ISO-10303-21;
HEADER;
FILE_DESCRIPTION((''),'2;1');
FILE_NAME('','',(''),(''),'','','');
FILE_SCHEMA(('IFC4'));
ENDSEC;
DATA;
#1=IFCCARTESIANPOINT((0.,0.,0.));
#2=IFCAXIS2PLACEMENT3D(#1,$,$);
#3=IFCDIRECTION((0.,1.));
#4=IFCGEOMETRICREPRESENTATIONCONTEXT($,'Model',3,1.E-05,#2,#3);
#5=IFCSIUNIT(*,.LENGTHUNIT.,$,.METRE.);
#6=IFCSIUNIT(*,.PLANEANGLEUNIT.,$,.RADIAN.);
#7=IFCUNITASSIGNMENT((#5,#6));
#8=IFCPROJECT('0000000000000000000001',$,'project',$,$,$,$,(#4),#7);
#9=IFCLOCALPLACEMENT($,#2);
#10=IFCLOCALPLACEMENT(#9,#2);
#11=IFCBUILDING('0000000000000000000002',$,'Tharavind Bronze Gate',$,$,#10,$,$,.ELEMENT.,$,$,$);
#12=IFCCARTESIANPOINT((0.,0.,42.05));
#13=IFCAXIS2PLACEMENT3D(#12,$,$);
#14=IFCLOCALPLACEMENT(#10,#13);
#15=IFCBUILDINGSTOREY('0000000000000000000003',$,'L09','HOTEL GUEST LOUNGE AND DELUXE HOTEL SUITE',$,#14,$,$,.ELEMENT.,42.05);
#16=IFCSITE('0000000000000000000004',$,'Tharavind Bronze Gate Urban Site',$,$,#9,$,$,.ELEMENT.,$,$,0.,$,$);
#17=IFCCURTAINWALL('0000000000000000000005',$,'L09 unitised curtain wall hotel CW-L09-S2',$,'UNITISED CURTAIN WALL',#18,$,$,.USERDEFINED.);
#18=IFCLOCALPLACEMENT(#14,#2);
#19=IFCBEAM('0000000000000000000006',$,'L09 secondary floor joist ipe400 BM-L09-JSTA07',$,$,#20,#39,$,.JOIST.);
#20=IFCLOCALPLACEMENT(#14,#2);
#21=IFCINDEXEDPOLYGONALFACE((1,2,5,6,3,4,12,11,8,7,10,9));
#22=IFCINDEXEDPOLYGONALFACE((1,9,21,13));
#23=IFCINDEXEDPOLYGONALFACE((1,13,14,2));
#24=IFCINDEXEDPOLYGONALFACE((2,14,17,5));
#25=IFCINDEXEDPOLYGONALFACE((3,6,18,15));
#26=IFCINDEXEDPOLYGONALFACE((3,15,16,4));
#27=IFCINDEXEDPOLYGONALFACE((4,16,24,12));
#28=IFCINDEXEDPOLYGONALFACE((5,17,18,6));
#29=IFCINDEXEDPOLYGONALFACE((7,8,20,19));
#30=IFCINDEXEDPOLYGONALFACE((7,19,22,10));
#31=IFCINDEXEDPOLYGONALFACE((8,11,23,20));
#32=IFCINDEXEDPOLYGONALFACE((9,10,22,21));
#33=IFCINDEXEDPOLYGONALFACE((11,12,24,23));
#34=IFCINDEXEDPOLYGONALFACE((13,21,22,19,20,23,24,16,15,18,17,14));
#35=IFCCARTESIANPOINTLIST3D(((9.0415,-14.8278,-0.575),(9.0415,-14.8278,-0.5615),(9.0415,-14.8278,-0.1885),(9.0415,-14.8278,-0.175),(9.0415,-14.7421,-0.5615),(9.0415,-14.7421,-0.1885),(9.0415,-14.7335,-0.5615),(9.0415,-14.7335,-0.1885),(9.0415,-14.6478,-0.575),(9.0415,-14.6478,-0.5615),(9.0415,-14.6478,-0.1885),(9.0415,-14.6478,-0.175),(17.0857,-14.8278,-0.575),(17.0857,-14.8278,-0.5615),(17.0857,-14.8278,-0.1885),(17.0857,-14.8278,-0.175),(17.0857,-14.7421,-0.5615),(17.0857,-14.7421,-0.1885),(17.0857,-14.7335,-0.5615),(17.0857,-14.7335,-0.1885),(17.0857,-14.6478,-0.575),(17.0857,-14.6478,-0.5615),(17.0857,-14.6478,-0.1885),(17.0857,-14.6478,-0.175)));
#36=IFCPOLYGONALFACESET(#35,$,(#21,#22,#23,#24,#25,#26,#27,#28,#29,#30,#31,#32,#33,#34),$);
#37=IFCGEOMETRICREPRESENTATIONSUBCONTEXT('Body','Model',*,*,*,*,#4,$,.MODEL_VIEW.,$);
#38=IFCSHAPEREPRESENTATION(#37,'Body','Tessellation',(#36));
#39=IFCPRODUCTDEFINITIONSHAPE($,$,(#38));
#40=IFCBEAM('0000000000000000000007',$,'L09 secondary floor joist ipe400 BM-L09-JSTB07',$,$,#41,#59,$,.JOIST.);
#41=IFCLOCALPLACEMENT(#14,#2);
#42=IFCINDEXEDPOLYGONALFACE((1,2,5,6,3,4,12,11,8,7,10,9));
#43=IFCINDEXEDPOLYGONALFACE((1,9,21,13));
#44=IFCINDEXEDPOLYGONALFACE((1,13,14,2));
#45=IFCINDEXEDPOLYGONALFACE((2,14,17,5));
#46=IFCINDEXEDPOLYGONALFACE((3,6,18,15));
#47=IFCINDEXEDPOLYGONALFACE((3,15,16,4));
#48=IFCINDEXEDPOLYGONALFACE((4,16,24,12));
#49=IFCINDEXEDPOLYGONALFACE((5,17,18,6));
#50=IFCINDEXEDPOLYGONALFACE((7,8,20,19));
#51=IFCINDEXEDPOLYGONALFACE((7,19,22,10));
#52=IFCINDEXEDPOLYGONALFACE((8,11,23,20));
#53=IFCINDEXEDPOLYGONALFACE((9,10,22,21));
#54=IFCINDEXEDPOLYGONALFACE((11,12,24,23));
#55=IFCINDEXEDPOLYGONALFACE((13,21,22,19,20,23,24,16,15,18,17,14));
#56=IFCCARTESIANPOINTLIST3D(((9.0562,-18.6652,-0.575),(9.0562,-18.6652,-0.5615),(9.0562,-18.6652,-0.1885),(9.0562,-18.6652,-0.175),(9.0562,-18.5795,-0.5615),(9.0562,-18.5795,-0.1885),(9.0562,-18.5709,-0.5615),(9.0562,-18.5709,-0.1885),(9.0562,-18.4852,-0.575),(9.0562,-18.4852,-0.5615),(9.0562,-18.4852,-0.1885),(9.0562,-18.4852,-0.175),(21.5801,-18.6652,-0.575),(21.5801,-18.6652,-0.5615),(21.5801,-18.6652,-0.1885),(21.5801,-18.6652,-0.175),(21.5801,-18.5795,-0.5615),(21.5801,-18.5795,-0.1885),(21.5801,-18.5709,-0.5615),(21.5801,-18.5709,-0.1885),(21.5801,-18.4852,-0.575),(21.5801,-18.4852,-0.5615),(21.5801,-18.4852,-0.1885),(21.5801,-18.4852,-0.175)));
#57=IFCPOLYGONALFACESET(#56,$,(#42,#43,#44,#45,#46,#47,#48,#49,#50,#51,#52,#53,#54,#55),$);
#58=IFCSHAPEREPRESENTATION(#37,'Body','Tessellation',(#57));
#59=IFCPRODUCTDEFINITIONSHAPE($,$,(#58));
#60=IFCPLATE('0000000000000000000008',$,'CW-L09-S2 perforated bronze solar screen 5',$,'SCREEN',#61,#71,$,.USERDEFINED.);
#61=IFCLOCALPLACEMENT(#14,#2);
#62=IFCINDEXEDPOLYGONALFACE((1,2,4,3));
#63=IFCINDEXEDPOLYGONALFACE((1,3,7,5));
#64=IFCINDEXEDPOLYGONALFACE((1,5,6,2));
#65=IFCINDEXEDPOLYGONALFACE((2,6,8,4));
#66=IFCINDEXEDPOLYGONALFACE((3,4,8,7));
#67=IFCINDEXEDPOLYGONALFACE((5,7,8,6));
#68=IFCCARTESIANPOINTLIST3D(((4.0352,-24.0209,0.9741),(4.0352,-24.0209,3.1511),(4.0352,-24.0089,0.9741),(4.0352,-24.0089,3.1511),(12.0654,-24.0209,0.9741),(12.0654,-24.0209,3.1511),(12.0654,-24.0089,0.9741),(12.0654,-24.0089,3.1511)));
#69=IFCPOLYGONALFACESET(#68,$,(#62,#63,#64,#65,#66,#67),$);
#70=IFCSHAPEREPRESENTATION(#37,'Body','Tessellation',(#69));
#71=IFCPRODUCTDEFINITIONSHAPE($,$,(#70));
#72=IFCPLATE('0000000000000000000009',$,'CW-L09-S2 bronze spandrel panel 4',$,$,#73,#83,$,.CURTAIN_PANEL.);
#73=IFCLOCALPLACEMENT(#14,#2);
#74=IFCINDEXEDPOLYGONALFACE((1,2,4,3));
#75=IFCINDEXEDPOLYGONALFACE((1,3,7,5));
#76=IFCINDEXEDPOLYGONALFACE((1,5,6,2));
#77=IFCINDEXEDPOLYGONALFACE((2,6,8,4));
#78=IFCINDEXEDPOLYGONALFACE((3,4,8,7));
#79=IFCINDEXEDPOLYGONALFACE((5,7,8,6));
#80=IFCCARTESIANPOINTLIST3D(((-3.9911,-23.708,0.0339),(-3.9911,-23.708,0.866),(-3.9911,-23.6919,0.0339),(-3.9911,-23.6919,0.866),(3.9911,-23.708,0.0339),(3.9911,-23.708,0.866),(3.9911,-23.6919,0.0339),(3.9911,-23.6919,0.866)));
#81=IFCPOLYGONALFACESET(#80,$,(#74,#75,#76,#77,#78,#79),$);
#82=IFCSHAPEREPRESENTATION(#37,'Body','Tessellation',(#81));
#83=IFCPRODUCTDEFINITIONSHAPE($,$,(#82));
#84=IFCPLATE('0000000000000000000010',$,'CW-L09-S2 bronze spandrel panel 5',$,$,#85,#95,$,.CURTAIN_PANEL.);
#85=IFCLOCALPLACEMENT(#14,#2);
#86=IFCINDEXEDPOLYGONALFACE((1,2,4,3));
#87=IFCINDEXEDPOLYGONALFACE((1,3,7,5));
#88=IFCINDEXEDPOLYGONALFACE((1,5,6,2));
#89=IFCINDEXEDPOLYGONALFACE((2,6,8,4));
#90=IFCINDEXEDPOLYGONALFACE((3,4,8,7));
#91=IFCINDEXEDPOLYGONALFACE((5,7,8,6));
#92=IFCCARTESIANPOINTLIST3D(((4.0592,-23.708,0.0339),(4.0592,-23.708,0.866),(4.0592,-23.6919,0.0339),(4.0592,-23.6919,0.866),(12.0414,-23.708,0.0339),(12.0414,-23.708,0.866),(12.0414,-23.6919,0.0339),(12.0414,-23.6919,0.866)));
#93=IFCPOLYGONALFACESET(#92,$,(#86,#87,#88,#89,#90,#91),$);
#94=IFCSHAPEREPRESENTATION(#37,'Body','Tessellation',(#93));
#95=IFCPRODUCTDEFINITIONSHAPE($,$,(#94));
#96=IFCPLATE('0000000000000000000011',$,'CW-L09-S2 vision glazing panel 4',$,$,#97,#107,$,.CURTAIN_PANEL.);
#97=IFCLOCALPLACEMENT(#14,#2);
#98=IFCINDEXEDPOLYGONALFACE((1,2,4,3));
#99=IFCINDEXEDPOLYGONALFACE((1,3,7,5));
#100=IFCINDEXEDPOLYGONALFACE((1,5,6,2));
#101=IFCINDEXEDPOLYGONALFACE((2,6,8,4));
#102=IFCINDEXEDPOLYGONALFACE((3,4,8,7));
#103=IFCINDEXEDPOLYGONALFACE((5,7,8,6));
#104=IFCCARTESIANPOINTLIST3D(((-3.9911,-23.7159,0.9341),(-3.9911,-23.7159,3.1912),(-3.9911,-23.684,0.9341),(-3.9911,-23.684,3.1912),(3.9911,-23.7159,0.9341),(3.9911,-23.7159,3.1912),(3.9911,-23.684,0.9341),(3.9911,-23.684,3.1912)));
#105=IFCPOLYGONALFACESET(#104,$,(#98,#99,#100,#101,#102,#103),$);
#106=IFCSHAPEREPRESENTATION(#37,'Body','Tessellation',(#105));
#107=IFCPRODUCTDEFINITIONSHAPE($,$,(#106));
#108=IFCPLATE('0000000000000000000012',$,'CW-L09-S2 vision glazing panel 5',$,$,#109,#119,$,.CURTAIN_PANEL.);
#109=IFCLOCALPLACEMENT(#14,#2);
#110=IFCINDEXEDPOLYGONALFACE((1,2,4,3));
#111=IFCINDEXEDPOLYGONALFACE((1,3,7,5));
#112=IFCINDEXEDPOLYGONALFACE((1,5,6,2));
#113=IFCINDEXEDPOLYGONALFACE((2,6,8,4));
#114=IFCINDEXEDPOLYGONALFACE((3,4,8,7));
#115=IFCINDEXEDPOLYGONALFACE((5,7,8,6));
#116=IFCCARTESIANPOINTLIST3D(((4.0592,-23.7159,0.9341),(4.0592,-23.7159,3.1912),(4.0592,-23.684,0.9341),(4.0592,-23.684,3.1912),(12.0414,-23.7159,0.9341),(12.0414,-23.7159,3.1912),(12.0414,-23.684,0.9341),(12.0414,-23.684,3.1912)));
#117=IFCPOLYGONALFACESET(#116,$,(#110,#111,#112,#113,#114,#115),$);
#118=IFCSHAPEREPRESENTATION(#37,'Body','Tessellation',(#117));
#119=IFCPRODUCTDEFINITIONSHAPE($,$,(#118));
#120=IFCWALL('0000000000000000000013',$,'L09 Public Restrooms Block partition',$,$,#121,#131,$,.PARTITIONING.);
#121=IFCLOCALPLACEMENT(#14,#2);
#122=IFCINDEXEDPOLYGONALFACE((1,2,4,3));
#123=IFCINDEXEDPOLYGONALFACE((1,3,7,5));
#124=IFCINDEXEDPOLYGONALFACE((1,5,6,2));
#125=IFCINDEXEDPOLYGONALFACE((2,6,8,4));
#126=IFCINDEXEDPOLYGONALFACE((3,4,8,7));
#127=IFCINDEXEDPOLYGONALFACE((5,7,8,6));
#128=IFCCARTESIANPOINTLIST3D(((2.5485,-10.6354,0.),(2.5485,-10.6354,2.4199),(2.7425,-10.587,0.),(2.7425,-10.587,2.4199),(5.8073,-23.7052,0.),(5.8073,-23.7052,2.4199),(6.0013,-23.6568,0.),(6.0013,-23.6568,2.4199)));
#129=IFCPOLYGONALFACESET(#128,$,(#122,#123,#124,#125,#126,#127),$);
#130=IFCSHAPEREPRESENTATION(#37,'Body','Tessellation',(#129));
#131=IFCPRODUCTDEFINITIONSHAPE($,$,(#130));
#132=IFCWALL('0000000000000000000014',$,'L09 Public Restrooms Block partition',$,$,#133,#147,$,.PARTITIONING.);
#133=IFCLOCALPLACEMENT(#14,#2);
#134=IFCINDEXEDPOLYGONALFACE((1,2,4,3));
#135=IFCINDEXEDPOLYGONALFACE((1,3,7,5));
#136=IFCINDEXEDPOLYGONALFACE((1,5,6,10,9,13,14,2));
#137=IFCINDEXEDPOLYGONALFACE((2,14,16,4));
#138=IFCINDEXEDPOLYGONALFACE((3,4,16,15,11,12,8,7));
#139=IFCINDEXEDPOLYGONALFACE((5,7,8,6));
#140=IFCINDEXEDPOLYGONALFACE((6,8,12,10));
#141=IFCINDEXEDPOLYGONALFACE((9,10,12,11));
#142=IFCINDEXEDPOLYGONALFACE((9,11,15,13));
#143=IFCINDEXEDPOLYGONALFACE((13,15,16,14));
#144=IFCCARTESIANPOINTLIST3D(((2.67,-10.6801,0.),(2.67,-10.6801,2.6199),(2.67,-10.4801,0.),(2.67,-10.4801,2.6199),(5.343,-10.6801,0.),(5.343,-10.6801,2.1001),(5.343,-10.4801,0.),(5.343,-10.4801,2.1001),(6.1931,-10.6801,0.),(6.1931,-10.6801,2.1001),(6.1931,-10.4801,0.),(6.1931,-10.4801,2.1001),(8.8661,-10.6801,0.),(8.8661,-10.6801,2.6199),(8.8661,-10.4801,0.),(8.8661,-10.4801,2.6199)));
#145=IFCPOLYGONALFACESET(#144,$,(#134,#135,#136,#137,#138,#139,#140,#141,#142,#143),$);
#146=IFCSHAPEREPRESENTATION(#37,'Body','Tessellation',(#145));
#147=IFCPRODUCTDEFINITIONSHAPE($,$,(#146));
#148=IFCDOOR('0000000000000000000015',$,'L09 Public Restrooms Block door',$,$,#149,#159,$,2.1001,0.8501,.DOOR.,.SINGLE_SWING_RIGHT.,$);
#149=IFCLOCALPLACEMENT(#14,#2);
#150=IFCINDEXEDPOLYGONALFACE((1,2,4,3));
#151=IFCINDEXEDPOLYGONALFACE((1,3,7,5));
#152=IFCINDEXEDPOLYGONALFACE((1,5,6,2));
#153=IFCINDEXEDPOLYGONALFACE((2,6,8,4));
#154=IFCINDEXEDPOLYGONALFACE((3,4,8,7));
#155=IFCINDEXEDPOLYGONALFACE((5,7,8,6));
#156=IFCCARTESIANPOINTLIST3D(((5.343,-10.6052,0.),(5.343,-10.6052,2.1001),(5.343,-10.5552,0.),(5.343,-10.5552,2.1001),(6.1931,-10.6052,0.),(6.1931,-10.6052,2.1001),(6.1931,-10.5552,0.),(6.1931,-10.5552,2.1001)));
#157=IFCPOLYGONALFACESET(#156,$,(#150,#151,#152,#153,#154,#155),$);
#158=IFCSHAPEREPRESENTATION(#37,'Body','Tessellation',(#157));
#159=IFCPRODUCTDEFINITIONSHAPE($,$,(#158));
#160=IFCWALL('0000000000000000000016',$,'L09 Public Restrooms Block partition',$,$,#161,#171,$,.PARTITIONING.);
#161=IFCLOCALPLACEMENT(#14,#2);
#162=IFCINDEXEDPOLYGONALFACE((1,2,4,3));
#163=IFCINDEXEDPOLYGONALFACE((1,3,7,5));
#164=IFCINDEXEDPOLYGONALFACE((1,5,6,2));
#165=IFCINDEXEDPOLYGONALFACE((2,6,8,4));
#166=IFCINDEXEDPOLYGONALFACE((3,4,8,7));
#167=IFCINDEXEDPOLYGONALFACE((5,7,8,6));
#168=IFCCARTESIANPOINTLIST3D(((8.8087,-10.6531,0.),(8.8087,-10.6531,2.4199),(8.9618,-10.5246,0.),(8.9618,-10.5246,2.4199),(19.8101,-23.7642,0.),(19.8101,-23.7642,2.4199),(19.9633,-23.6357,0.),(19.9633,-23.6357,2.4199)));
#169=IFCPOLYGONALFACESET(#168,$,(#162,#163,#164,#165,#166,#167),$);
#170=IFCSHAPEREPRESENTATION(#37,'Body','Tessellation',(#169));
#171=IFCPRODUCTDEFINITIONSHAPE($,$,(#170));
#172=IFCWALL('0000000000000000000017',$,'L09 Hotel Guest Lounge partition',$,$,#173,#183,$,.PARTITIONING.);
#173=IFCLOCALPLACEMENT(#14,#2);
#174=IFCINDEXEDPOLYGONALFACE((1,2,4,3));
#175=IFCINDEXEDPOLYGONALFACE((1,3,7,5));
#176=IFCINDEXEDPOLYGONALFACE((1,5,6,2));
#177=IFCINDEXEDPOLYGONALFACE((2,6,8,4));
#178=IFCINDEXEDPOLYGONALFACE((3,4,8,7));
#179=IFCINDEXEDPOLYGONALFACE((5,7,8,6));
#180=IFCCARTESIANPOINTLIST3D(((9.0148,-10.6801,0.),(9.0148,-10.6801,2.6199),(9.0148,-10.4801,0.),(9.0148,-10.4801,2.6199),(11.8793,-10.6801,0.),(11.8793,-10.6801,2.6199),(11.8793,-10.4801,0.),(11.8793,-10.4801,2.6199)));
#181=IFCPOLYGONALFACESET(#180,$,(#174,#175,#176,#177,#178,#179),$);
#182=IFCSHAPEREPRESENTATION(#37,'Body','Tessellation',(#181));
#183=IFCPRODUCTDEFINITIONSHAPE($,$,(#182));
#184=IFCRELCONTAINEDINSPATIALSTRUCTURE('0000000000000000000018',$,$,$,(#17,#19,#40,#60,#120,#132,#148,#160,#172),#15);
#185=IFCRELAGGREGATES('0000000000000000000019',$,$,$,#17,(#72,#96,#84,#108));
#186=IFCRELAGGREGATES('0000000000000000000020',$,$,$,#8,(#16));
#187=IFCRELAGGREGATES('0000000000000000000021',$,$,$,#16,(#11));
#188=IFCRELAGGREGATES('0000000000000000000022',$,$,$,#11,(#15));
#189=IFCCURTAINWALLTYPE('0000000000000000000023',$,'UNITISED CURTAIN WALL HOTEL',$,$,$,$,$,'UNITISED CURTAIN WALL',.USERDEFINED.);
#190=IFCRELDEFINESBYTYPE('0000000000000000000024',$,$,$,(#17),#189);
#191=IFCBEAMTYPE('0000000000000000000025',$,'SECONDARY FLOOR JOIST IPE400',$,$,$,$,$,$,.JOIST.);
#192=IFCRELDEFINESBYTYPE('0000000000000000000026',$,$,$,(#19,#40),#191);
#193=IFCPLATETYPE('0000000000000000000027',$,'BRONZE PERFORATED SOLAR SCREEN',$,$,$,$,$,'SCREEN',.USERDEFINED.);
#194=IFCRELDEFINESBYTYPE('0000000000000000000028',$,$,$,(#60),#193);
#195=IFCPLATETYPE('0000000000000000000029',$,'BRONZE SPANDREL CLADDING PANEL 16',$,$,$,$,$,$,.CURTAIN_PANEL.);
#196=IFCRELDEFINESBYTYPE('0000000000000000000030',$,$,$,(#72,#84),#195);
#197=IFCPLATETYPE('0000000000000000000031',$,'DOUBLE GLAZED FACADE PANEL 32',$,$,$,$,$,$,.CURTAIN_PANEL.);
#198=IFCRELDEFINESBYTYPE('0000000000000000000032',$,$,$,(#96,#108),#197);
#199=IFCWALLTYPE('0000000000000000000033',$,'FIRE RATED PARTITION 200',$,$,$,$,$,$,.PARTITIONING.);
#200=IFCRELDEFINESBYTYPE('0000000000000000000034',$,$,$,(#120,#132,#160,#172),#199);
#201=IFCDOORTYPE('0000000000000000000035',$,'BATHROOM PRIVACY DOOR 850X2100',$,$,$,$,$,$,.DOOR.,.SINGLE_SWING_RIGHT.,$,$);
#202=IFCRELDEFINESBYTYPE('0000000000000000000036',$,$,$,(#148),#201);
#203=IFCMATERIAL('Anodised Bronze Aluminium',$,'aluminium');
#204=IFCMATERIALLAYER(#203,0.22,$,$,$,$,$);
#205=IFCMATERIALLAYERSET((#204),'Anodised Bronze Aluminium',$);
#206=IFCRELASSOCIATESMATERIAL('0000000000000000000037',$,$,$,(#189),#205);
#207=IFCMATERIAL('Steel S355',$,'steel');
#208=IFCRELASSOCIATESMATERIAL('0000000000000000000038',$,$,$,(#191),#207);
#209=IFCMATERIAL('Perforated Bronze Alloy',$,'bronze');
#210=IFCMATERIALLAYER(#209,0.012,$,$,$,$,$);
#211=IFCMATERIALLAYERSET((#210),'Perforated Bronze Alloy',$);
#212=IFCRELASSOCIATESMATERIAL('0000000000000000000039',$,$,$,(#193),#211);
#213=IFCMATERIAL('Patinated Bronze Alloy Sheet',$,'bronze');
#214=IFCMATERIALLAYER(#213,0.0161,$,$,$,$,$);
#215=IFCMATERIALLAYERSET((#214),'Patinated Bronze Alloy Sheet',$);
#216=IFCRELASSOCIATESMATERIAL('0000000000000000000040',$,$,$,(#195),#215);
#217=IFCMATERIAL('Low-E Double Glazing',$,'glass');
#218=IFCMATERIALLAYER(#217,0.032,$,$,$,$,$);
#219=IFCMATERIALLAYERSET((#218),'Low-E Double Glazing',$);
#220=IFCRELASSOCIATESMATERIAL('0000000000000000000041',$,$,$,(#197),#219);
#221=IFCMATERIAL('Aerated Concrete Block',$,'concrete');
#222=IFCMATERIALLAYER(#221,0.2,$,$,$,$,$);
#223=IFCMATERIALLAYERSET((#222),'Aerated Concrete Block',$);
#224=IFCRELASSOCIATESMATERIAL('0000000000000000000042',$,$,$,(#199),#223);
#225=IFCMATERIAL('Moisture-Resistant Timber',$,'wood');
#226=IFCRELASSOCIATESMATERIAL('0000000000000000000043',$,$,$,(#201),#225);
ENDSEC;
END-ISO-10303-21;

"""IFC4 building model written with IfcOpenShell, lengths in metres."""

from ifc_helpers import new_model, si_unit, direction, frame, frame_2d, origin, origin_2d, place, context, subcontext, project, spatial, rectangle, i_section, extrude, material, layer, layer_set, material_profile, profile_set, type_object, element, fill, aggregate, save


model = new_model("IFC4")

# Units and contexts
model_context = context("Model", 3, precision=1e-05, world=origin(), true_north=direction((0.0, 1.0)))
body_context = subcontext(model_context, "Body", "Model", "MODEL_VIEW")
ifc_project = project(units=[si_unit("LENGTHUNIT", "METRE"), si_unit("PLANEANGLEUNIT", "RADIAN")], contexts=[model_context])

# Site, building, storey
site_placement = place(None, origin())
site = spatial("IfcSite", under=ifc_project, at=site_placement, Name="Tharavind Bronze Gate Urban Site", CompositionType="ELEMENT", RefElevation=0.0)
building_placement = place(site_placement, origin())
building = spatial("IfcBuilding", under=site, at=building_placement, Name="Tharavind Bronze Gate", CompositionType="ELEMENT")
storey_placement = place(building_placement, frame((0.0, 0.0, 42.05)))
storey = spatial("IfcBuildingStorey", under=building, at=storey_placement, Name="L09", Description="HOTEL GUEST LOUNGE AND DELUXE HOTEL SUITE", CompositionType="ELEMENT", Elevation=42.05)

# Curtain wall
ifc_material_1 = material(Name="Anodised Bronze Aluminium", Category="aluminium")
ifc_layer_1 = layer(ifc_material_1, 0.22)
ifc_layer_set_1 = layer_set([ifc_layer_1], Name="Anodised Bronze Aluminium")
curtain_wall_type = type_object("IfcCurtainWallType", Name="UNITISED CURTAIN WALL HOTEL", ElementType="UNITISED CURTAIN WALL", PredefinedType="USERDEFINED", material=ifc_layer_set_1)
curtain_wall_placement = place(storey_placement, origin())
curtain_wall = element("IfcCurtainWall", 1, at=curtain_wall_placement, inside=storey, type_object=curtain_wall_type, Name="L09 unitised curtain wall hotel CW-L09-S2", ObjectType="UNITISED CURTAIN WALL", PredefinedType="USERDEFINED")

# Beams
ifc_material_2 = material(Name="Steel S355", Category="steel")
ifc_material_profile_1 = material_profile(ifc_material_2, i_section(OverallWidth=0.1799, OverallDepth=0.3999, WebThickness=0.0085, FlangeThickness=0.0134, at=origin_2d()), Name="IPE400")
ifc_profile_set_1 = profile_set([ifc_material_profile_1], Name="Steel S355")
beam_type_1 = type_object("IfcBeamType", Name="SECONDARY FLOOR JOIST IPE400", PredefinedType="JOIST", material=ifc_profile_set_1)
beam_1_placement = place(storey_placement, frame((9.0415, -14.7378, -0.375), z_axis=(1.0, 0.0, 0.0), x_axis=(0.0, 1.0, 0.0)))
element("IfcBeam", 2, at=beam_1_placement, inside=storey, type_object=beam_type_1, Name="L09 secondary floor joist ipe400 BM-L09-JSTA07", PredefinedType="JOIST", context=body_context, shape_type="SweptSolid", body=[
    extrude(i_section(OverallWidth=0.1799, OverallDepth=0.3999, WebThickness=0.0085, FlangeThickness=0.0134, at=origin_2d()), origin(), (0.0, 0.0, 1.0), 8.0442),
])
beam_2_placement = place(storey_placement, frame((9.0562, -18.5752, -0.375), z_axis=(1.0, 0.0, 0.0), x_axis=(0.0, 1.0, 0.0)))
element("IfcBeam", 3, at=beam_2_placement, inside=storey, type_object=beam_type_1, Name="L09 secondary floor joist ipe400 BM-L09-JSTB07", PredefinedType="JOIST", context=body_context, shape_type="SweptSolid", body=[
    extrude(i_section(OverallWidth=0.1799, OverallDepth=0.3999, WebThickness=0.0085, FlangeThickness=0.0134, at=origin_2d()), origin(), (0.0, 0.0, 1.0), 12.5239),
])

# Plates
ifc_material_3 = material(Name="Perforated Bronze Alloy", Category="bronze")
ifc_layer_2 = layer(ifc_material_3, 0.012)
ifc_layer_set_2 = layer_set([ifc_layer_2], Name="Perforated Bronze Alloy")
plate_type_1 = type_object("IfcPlateType", Name="BRONZE PERFORATED SOLAR SCREEN", ElementType="SCREEN", PredefinedType="USERDEFINED", material=ifc_layer_set_2)
plate_1_placement = place(storey_placement, frame((8.0503, -24.0149, 0.9741), z_axis=(0.0, 0.0, 1.0), x_axis=(1.0, 0.0, 0.0)))
element("IfcPlate", 4, at=plate_1_placement, inside=storey, type_object=plate_type_1, Name="CW-L09-S2 perforated bronze solar screen 5", ObjectType="SCREEN", PredefinedType="USERDEFINED", context=body_context, shape_type="SweptSolid", body=[
    extrude(rectangle(XDim=8.0303, YDim=0.012, at=origin_2d()), origin(), (0.0, 0.0, 1.0), 2.177),
])
ifc_material_4 = material(Name="Patinated Bronze Alloy Sheet", Category="bronze")
ifc_layer_3 = layer(ifc_material_4, 0.0161)
ifc_layer_set_3 = layer_set([ifc_layer_3], Name="Patinated Bronze Alloy Sheet")
plate_type_2 = type_object("IfcPlateType", Name="BRONZE SPANDREL CLADDING PANEL 16", PredefinedType="CURTAIN_PANEL", material=ifc_layer_set_3)
plate_2_placement = place(storey_placement, frame((0.0, -23.7, 0.0339), z_axis=(0.0, 0.0, 1.0), x_axis=(1.0, 0.0, 0.0)))
plate_2 = element("IfcPlate", 5, at=plate_2_placement, type_object=plate_type_2, Name="CW-L09-S2 bronze spandrel panel 4", PredefinedType="CURTAIN_PANEL", context=body_context, shape_type="SweptSolid", body=[
    extrude(rectangle(XDim=7.9822, YDim=0.0161, at=origin_2d()), origin(), (0.0, 0.0, 1.0), 0.832),
])
plate_3_placement = place(storey_placement, frame((8.0503, -23.7, 0.0339), z_axis=(0.0, 0.0, 1.0), x_axis=(1.0, 0.0, 0.0)))
plate_3 = element("IfcPlate", 6, at=plate_3_placement, type_object=plate_type_2, Name="CW-L09-S2 bronze spandrel panel 5", PredefinedType="CURTAIN_PANEL", context=body_context, shape_type="SweptSolid", body=[
    extrude(rectangle(XDim=7.9822, YDim=0.0161, at=origin_2d()), origin(), (0.0, 0.0, 1.0), 0.832),
])
ifc_material_5 = material(Name="Low-E Double Glazing", Category="glass")
ifc_layer_4 = layer(ifc_material_5, 0.032)
ifc_layer_set_4 = layer_set([ifc_layer_4], Name="Low-E Double Glazing")
plate_type_3 = type_object("IfcPlateType", Name="DOUBLE GLAZED FACADE PANEL 32", PredefinedType="CURTAIN_PANEL", material=ifc_layer_set_4)
plate_4_placement = place(storey_placement, frame((0.0, -23.7, 0.9341), z_axis=(0.0, 0.0, 1.0), x_axis=(1.0, 0.0, 0.0)))
plate_4 = element("IfcPlate", 7, at=plate_4_placement, type_object=plate_type_3, Name="CW-L09-S2 vision glazing panel 4", PredefinedType="CURTAIN_PANEL", context=body_context, shape_type="SweptSolid", body=[
    extrude(rectangle(XDim=7.9822, YDim=0.032, at=origin_2d()), origin(), (0.0, 0.0, 1.0), 2.2571),
])
plate_5_placement = place(storey_placement, frame((8.0503, -23.7, 0.9341), z_axis=(0.0, 0.0, 1.0), x_axis=(1.0, 0.0, 0.0)))
plate_5 = element("IfcPlate", 8, at=plate_5_placement, type_object=plate_type_3, Name="CW-L09-S2 vision glazing panel 5", PredefinedType="CURTAIN_PANEL", context=body_context, shape_type="SweptSolid", body=[
    extrude(rectangle(XDim=7.9822, YDim=0.032, at=origin_2d()), origin(), (0.0, 0.0, 1.0), 2.2571),
])
aggregate(curtain_wall, [plate_2, plate_4, plate_3, plate_5])

# Wall
ifc_material_6 = material(Name="Aerated Concrete Block", Category="concrete")
ifc_layer_5 = layer(ifc_material_6, 0.2)
ifc_layer_set_5 = layer_set([ifc_layer_5], Name="Aerated Concrete Block")
wall_type_1 = type_object("IfcWallType", Name="FIRE RATED PARTITION 200", PredefinedType="PARTITIONING", material=ifc_layer_set_5)
wall_1_placement = place(storey_placement, frame((5.9043, -23.6809, 0.0), z_axis=(0.0, 0.0, 1.0), x_axis=(-0.24193, 0.970294, 0.0)))
element("IfcWall", 9, at=wall_1_placement, inside=storey, type_object=wall_type_1, Name="L09 Public Restrooms Block partition", PredefinedType="PARTITIONING", context=body_context, shape_type="SweptSolid", body=[
    extrude(rectangle(XDim=13.47, YDim=0.2, at=frame_2d((6.7349, 0.0))), origin(), (0.0, 0.0, 1.0), 2.4199),
])

# Wall, opening, door
wall_2_placement = place(storey_placement, frame((2.6699, -10.5801, 0.0), z_axis=(0.0, 0.0, 1.0), x_axis=(1.0, 0.0, 0.0)))
wall_2 = element("IfcWall", 10, at=wall_2_placement, inside=storey, type_object=wall_type_1, Name="L09 Public Restrooms Block partition", PredefinedType="PARTITIONING", context=body_context, shape_type="SweptSolid", body=[
    extrude(rectangle(XDim=6.196, YDim=0.2, at=frame_2d((3.0981, 0.0))), origin(), (0.0, 0.0, 1.0), 2.6199),
])
opening_1_placement = place(wall_2_placement, frame((2.6731, 0.0, 0.0)))
opening_1 = element("IfcOpeningElement", 11, at=opening_1_placement, cuts=wall_2, PredefinedType="OPENING", context=body_context, shape_type="SweptSolid", body=[
    extrude(rectangle(XDim=0.8501, YDim=2.1001, at=frame_2d((0.425, 1.05))), frame((0.0, 0.1101, 0.0), z_axis=(0.0, -1.0, 0.0), x_axis=(1.0, 0.0, 0.0)), (0.0, 0.0, 1.0), 0.22),
])
ifc_material_7 = material(Name="Moisture-Resistant Timber", Category="wood")
door_type_1 = type_object("IfcDoorType", Name="BATHROOM PRIVACY DOOR 850X2100", OperationType="SINGLE_SWING_RIGHT", PredefinedType="DOOR", material=ifc_material_7)
door_1_placement = place(opening_1_placement, origin())
door_1 = element("IfcDoor", 12, at=door_1_placement, inside=storey, type_object=door_type_1, Name="L09 Public Restrooms Block door", OperationType="SINGLE_SWING_RIGHT", OverallHeight=2.1001, OverallWidth=0.8501, PredefinedType="DOOR", context=body_context, shape_type="SweptSolid", body=[
    extrude(rectangle(XDim=0.8501, YDim=2.1001, at=frame_2d((0.425, 1.05))), frame((0.0, 0.0249, 0.0), z_axis=(0.0, -1.0, 0.0), x_axis=(1.0, 0.0, 0.0)), (0.0, 0.0, 1.0), 0.05),
])
fill(opening_1, door_1)

# Wall
wall_3_placement = place(storey_placement, frame((8.8853, -10.5889, 0.0), z_axis=(0.0, 0.0, 1.0), x_axis=(0.642786, -0.766046, 0.0)))
element("IfcWall", 13, at=wall_3_placement, inside=storey, type_object=wall_type_1, Name="L09 Public Restrooms Block partition", PredefinedType="PARTITIONING", context=body_context, shape_type="SweptSolid", body=[
    extrude(rectangle(XDim=17.1152, YDim=0.2, at=frame_2d((8.5576, 0.0))), origin(), (0.0, 0.0, 1.0), 2.4199),
])

# Wall
wall_4_placement = place(storey_placement, frame((9.0149, -10.5801, 0.0), z_axis=(0.0, 0.0, 1.0), x_axis=(1.0, 0.0, 0.0)))
element("IfcWall", 14, at=wall_4_placement, inside=storey, type_object=wall_type_1, Name="L09 Hotel Guest Lounge partition", PredefinedType="PARTITIONING", context=body_context, shape_type="SweptSolid", body=[
    extrude(rectangle(XDim=2.8645, YDim=0.2, at=frame_2d((1.4321, 0.0))), origin(), (0.0, 0.0, 1.0), 2.6199),
])

save(model, "model.ifc")
